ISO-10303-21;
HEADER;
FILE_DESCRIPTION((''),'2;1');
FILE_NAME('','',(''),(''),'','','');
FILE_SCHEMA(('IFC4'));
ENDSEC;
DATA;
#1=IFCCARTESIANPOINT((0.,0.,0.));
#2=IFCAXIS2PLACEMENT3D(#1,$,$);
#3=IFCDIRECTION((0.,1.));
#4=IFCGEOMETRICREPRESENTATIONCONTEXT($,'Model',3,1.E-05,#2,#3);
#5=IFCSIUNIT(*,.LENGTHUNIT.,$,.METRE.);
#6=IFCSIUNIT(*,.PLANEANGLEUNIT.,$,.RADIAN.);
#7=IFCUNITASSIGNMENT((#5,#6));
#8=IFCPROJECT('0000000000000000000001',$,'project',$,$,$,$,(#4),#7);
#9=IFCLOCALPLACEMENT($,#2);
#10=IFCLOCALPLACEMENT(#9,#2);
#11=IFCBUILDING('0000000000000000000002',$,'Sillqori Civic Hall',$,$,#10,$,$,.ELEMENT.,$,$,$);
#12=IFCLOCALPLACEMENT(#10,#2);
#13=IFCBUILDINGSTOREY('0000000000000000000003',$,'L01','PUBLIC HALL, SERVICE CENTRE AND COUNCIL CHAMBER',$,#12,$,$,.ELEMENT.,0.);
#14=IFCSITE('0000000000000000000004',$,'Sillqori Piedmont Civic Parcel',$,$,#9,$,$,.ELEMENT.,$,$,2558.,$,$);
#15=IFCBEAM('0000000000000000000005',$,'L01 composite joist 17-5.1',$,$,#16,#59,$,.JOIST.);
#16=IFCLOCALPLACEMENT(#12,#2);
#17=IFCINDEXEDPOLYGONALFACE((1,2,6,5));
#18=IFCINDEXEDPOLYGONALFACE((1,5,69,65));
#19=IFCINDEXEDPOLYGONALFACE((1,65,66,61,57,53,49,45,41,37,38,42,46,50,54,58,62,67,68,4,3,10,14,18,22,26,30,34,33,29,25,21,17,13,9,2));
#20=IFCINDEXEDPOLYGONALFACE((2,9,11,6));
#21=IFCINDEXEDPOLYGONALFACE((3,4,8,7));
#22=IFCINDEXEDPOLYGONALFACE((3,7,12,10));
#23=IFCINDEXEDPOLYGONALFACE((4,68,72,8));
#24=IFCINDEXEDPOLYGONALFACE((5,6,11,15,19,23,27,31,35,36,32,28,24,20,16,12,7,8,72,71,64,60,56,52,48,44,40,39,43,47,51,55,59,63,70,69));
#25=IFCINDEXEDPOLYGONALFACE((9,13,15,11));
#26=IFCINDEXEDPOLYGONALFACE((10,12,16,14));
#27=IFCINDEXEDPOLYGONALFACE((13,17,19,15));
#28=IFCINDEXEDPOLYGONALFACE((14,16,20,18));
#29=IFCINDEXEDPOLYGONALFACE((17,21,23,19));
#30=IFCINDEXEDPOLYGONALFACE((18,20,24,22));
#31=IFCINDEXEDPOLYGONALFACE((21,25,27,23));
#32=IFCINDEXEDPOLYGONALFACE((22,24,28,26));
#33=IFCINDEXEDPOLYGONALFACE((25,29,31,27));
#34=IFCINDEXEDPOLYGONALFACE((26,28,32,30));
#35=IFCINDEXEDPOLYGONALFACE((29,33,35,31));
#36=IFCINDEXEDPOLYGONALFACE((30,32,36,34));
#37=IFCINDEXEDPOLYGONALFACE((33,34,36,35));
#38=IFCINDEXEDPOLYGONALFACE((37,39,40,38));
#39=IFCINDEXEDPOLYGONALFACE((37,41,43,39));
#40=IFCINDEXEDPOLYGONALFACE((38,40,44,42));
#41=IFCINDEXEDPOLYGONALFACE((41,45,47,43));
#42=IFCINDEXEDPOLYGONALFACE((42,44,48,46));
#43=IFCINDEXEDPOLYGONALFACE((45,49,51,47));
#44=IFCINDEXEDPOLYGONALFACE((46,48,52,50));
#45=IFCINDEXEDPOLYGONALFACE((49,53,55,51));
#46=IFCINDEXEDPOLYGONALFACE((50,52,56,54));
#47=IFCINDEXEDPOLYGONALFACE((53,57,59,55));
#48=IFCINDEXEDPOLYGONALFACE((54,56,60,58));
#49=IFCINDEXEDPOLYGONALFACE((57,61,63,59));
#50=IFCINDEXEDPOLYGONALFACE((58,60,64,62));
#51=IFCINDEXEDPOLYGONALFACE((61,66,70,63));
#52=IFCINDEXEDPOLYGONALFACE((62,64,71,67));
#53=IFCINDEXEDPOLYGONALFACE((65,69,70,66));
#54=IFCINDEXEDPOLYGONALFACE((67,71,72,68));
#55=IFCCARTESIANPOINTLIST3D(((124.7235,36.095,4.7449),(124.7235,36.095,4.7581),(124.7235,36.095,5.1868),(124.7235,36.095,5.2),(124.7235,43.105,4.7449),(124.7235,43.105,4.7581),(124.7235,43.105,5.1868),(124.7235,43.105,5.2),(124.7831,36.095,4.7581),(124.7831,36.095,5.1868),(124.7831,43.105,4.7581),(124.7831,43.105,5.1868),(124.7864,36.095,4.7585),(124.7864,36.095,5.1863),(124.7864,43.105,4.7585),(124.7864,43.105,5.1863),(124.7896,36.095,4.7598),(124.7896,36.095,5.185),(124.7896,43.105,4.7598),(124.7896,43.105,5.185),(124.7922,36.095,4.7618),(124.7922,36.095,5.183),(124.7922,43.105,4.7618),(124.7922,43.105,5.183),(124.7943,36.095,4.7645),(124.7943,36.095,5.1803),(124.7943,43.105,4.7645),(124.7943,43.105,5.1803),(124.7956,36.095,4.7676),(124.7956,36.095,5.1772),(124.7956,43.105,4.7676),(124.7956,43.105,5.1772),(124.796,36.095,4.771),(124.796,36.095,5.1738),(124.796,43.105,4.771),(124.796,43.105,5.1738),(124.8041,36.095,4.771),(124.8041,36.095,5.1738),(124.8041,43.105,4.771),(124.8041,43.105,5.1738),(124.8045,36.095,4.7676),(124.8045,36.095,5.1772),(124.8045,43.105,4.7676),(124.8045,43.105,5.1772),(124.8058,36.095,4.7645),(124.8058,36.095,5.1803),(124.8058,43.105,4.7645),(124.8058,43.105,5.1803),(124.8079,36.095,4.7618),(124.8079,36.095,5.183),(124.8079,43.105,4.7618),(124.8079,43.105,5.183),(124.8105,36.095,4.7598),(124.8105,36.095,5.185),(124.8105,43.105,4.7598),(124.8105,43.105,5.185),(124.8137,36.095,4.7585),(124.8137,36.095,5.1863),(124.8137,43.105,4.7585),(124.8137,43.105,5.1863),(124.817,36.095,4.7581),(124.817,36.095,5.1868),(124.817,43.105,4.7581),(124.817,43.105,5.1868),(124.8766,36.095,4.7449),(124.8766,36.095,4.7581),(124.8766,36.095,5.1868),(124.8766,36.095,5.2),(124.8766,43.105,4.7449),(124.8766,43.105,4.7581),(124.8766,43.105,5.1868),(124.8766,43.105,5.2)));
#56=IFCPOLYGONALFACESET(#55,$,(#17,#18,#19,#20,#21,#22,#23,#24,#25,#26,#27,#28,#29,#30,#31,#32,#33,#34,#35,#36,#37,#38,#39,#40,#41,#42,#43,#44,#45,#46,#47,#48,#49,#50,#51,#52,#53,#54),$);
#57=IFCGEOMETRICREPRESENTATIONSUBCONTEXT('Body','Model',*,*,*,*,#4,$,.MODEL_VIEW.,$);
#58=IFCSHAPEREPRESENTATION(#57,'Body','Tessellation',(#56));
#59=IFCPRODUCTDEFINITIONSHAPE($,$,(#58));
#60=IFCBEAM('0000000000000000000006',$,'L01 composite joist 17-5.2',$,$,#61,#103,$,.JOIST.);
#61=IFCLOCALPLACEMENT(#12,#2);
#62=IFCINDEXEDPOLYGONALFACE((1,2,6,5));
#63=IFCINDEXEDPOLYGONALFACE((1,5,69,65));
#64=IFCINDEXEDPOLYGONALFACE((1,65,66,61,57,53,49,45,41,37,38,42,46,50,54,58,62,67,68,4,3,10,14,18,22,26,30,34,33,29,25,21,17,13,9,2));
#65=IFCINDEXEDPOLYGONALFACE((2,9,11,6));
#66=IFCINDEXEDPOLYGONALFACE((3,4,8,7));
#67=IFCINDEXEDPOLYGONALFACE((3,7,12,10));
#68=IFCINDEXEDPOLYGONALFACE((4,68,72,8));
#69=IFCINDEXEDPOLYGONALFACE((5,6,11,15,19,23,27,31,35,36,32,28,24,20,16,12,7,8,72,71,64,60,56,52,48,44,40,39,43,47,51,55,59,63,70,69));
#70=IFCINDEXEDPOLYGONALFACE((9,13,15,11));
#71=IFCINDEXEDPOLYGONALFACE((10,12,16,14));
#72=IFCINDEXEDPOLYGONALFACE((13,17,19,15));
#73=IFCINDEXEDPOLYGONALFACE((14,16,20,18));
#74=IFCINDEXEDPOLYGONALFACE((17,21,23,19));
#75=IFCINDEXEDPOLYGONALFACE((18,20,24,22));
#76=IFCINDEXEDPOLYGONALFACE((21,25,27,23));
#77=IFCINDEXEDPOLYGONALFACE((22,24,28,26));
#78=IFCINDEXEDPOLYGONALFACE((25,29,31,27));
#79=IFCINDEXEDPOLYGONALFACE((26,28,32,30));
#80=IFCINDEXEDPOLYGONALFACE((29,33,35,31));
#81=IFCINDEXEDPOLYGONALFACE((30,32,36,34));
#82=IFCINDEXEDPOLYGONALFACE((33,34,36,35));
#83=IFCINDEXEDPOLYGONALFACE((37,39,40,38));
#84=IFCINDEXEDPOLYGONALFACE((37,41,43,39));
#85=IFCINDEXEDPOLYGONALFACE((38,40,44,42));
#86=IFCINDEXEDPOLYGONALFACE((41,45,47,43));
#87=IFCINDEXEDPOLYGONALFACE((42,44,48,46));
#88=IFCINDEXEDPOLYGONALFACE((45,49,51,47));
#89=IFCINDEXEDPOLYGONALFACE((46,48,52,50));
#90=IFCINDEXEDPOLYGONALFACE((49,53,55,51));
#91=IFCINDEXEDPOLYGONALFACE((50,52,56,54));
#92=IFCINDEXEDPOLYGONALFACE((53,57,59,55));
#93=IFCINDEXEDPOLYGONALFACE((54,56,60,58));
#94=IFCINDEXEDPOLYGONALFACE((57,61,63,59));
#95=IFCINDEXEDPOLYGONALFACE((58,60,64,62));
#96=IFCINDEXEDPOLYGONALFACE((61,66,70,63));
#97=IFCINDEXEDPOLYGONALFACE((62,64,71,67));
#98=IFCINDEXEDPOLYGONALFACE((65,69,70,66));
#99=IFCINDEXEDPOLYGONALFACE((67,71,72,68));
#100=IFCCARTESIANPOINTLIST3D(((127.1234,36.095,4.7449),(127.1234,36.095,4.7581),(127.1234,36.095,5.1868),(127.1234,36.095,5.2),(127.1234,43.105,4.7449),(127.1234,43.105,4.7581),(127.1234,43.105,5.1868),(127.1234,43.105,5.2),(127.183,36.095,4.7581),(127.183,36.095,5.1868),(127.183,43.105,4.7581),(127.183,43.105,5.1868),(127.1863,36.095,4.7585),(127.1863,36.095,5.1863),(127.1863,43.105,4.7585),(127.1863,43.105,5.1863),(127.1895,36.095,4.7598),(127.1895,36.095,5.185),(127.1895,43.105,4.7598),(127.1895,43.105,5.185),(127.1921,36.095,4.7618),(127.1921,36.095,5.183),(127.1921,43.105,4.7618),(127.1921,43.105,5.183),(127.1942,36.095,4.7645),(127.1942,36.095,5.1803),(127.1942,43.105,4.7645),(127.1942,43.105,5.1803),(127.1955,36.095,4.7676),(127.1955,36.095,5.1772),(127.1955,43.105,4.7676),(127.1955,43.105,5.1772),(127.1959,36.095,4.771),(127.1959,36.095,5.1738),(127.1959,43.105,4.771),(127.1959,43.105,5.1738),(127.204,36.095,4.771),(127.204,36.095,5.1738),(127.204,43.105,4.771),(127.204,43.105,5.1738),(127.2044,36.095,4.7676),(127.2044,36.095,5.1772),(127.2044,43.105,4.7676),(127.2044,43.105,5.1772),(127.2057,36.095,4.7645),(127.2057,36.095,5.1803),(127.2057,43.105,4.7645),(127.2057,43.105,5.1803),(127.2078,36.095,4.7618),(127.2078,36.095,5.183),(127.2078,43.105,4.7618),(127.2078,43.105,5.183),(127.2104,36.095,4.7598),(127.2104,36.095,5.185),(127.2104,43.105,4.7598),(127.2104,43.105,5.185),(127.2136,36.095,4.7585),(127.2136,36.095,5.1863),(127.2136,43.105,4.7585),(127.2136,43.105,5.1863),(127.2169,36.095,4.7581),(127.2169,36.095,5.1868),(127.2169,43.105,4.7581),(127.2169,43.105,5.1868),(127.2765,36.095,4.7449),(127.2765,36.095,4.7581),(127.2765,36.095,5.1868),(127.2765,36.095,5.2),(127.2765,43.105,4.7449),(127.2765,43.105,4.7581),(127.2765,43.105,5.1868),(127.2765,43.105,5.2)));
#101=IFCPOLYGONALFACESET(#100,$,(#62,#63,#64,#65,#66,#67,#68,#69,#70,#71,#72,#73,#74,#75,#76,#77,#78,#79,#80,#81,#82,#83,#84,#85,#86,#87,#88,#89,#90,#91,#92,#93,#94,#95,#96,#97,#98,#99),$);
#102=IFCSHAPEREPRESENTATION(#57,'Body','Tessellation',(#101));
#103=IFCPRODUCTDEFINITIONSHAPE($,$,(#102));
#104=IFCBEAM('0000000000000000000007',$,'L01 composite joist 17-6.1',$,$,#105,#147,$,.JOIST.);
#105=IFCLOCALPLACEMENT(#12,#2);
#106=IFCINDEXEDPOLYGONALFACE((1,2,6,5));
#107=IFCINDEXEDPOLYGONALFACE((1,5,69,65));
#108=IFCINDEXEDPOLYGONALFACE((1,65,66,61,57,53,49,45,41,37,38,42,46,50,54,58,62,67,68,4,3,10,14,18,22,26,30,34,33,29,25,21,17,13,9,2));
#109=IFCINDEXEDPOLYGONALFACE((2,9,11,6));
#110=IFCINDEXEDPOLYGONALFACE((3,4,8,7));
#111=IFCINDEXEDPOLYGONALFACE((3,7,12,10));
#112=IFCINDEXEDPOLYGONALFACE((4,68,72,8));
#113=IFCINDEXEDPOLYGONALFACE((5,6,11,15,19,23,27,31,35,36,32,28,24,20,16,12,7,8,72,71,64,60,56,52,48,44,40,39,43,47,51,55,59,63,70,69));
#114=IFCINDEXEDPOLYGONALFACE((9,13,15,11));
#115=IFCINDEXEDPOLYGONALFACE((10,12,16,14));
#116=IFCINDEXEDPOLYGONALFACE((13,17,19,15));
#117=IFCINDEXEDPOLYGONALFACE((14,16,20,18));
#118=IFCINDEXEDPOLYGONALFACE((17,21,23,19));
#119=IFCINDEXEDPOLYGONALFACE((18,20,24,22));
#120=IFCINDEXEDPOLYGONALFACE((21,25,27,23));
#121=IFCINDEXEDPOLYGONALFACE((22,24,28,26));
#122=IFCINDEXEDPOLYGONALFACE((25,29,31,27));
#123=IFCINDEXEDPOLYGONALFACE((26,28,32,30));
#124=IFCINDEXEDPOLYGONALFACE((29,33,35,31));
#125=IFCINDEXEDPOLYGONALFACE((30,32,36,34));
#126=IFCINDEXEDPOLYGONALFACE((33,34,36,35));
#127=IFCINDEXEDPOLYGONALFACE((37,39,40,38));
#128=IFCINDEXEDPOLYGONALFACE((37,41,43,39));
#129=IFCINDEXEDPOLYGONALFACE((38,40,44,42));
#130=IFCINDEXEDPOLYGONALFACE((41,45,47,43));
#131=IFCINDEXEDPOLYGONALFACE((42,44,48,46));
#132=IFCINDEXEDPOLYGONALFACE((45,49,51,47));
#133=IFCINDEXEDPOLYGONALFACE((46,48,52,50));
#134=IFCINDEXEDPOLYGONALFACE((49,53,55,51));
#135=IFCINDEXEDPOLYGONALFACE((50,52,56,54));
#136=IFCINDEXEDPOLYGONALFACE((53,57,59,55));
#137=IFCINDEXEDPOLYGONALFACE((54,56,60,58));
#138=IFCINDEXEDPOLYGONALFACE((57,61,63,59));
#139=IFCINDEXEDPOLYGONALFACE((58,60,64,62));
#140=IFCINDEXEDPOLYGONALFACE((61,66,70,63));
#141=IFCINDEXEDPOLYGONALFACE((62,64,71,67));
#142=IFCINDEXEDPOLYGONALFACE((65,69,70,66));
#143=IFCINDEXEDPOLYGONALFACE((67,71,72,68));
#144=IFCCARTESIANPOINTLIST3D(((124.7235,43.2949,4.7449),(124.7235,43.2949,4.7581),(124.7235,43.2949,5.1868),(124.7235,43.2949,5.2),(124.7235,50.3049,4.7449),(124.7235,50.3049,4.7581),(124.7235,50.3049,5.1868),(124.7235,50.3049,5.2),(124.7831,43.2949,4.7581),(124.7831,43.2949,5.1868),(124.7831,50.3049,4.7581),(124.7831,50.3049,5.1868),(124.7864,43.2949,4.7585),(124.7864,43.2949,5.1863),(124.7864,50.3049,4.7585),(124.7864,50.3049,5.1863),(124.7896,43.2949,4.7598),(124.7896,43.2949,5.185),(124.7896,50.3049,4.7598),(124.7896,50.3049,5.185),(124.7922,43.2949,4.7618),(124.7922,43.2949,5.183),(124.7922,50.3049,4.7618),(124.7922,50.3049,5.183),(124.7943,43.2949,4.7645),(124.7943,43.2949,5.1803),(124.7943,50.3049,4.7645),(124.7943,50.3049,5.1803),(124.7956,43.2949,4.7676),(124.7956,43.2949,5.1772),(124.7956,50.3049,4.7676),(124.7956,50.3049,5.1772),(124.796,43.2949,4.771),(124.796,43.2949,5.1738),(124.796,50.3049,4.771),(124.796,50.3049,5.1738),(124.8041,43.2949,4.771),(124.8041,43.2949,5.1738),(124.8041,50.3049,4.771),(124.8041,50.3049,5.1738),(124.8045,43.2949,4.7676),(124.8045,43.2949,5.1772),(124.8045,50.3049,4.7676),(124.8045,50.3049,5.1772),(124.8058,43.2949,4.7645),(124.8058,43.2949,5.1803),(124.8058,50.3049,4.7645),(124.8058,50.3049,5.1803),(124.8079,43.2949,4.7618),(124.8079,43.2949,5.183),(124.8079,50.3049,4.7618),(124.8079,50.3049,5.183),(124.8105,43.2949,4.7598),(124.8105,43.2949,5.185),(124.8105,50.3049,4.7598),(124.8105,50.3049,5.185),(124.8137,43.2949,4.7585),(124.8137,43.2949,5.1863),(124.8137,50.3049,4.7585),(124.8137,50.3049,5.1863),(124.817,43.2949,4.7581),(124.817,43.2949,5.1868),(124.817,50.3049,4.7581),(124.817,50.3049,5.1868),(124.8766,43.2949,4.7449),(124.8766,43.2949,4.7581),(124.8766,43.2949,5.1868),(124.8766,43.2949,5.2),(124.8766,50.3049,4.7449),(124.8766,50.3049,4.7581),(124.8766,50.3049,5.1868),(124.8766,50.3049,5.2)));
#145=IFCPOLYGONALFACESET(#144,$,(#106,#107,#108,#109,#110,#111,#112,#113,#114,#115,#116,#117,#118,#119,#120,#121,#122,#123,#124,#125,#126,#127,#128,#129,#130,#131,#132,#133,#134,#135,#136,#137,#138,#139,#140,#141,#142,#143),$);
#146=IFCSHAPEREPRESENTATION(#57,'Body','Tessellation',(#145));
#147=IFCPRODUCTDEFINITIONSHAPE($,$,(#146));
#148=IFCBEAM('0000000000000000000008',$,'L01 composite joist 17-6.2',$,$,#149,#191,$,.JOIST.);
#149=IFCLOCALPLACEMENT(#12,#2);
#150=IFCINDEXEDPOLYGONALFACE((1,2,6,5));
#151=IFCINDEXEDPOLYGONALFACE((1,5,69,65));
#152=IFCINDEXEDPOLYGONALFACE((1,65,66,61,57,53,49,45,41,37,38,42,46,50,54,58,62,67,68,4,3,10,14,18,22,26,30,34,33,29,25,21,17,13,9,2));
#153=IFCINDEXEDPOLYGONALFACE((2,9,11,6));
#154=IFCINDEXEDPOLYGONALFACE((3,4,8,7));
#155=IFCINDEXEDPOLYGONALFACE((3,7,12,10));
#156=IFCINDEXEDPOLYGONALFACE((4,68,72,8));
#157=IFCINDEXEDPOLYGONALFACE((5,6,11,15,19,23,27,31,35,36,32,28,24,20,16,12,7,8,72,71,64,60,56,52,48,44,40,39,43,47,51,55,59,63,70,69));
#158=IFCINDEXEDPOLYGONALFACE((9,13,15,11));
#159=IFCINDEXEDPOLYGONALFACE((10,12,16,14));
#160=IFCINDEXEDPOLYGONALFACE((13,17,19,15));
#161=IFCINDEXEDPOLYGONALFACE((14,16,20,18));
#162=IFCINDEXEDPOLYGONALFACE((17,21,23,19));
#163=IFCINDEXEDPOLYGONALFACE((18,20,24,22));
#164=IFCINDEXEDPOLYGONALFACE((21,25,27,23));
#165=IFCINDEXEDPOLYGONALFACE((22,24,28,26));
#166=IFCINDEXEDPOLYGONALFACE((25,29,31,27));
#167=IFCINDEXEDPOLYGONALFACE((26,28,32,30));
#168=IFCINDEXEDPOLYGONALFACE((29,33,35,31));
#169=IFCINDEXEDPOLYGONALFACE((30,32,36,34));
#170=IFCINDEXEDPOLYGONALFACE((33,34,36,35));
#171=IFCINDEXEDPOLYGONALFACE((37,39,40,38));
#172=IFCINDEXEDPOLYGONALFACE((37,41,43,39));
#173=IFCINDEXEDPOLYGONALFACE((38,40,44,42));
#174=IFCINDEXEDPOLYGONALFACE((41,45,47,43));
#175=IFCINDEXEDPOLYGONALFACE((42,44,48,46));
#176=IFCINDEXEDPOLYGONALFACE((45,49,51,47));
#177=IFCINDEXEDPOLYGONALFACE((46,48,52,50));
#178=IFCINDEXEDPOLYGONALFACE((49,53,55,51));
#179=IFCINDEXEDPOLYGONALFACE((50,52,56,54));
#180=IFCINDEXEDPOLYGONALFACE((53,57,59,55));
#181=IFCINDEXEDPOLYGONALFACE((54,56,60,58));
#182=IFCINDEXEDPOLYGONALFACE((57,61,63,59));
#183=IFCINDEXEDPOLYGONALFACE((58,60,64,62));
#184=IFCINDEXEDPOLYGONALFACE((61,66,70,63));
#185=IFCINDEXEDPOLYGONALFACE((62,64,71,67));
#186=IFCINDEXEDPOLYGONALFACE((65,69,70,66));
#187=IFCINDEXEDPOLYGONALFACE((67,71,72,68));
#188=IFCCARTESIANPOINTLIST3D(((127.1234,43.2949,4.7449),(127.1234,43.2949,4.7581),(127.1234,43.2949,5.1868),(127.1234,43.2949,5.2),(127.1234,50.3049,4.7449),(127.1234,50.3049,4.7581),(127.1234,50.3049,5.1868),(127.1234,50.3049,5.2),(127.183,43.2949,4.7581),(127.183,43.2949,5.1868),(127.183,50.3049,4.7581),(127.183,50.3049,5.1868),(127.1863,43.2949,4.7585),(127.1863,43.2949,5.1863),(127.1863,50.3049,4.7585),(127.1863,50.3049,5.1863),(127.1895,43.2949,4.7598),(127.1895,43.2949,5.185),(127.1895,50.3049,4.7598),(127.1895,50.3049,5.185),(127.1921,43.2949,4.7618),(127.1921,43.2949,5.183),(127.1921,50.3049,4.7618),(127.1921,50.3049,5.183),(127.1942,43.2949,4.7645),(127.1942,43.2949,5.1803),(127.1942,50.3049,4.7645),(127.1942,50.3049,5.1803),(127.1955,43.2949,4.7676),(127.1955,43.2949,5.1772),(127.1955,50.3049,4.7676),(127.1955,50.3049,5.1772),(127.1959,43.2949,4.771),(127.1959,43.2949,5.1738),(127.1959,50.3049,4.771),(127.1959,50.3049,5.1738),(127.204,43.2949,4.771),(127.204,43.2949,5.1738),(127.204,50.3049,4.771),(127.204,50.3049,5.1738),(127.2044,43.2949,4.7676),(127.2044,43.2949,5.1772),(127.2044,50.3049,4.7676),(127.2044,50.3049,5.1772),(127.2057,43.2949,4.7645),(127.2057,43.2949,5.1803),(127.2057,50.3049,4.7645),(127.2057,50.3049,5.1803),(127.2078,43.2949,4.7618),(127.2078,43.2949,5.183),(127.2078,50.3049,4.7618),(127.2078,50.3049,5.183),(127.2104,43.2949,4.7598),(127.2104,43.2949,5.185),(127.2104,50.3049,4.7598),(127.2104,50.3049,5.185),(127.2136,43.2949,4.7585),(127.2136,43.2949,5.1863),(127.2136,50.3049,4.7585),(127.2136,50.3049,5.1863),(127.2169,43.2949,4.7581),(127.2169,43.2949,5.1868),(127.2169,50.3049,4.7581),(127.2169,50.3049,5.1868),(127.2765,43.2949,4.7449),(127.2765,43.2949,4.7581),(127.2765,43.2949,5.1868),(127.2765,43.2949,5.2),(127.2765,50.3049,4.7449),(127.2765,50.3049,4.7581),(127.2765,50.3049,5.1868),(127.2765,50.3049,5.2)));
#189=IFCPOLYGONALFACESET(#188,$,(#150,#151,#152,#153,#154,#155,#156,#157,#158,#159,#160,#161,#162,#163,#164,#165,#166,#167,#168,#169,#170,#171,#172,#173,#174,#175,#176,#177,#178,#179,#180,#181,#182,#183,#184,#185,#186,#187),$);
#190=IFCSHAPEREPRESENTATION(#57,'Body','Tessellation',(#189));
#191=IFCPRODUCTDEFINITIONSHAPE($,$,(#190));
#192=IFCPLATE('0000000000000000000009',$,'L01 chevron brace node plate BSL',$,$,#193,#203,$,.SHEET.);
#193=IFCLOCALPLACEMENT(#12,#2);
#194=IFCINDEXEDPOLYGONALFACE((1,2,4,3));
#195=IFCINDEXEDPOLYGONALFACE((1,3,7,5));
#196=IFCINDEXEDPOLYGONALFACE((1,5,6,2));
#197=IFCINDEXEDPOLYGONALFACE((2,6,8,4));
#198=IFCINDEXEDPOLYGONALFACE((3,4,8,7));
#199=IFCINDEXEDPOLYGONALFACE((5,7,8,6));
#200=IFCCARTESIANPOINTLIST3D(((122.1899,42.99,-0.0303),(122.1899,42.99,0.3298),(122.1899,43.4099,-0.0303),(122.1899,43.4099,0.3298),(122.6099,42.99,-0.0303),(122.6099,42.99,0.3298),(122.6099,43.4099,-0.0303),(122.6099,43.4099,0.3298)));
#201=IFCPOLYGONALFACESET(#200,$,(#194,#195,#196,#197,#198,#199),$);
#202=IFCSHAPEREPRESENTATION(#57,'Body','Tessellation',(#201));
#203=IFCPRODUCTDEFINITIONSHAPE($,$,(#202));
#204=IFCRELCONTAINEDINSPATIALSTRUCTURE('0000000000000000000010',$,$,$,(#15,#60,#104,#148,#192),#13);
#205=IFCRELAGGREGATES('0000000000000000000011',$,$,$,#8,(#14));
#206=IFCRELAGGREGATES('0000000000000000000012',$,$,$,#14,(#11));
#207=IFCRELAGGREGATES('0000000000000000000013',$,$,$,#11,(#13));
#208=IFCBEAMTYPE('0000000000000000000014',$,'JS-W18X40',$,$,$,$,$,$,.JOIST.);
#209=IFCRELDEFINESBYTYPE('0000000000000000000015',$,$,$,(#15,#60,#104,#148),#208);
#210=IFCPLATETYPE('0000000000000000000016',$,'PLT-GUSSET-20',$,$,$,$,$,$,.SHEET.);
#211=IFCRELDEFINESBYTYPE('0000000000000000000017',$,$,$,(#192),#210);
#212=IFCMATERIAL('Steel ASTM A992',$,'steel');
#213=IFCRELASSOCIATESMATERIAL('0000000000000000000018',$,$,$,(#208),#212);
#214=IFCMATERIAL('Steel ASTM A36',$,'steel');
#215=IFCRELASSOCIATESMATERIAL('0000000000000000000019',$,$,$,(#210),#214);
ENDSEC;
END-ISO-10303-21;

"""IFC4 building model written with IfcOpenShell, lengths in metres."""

from ifc_helpers import new_model, si_unit, direction, frame, origin, origin_2d, place, context, subcontext, project, spatial, rectangle, i_section, extrude, material, material_profile, profile_set, type_object, element, save


model = new_model("IFC4")

# Units and contexts
model_context = context("Model", 3, precision=1e-05, world=origin(), true_north=direction((0.0, 1.0)))
body_context = subcontext(model_context, "Body", "Model", "MODEL_VIEW")
ifc_project = project(units=[si_unit("LENGTHUNIT", "METRE"), si_unit("PLANEANGLEUNIT", "RADIAN")], contexts=[model_context])

# Site, building, storey
site_placement = place(None, origin())
site = spatial("IfcSite", under=ifc_project, at=site_placement, Name="Sillqori Piedmont Civic Parcel", CompositionType="ELEMENT", RefElevation=2558.0)
building_placement = place(site_placement, origin())
building = spatial("IfcBuilding", under=site, at=building_placement, Name="Sillqori Civic Hall", CompositionType="ELEMENT")
storey_placement = place(building_placement, origin())
storey = spatial("IfcBuildingStorey", under=building, at=storey_placement, Name="L01", Description="PUBLIC HALL, SERVICE CENTRE AND COUNCIL CHAMBER", CompositionType="ELEMENT", Elevation=0.0)

# Shared definitions
ifc_material_1 = material(Name="Steel ASTM A992", Category="steel")

# Beams
ifc_material_profile_1 = material_profile(ifc_material_1, i_section(OverallWidth=0.1531, OverallDepth=0.4551, WebThickness=0.0081, FlangeThickness=0.0132, FilletRadius=0.0129, at=origin_2d()), Name="W18X40")
ifc_profile_set_1 = profile_set([ifc_material_profile_1], Name="Steel ASTM A992")
beam_type_1 = type_object("IfcBeamType", Name="JS-W18X40", PredefinedType="JOIST", material=ifc_profile_set_1)
for number, where, z_axis, x_axis, name in (
    (1, (124.8, 36.095, 4.9724), (0.0, 1.0, 0.0), (-1.0, 0.0, 0.0), "L01 composite joist 17-5.1"),
    (2, (127.2, 36.095, 4.9724), (0.0, 1.0, 0.0), (-1.0, 0.0, 0.0), "L01 composite joist 17-5.2"),
    (3, (124.8, 43.2949, 4.9724), (0.0, 1.0, 0.0), (-1.0, 0.0, 0.0), "L01 composite joist 17-6.1"),
    (4, (127.2, 43.2949, 4.9724), (0.0, 1.0, 0.0), (-1.0, 0.0, 0.0), "L01 composite joist 17-6.2"),
):
    element("IfcBeam", number, at=place(storey_placement, frame(where, z_axis=z_axis, x_axis=x_axis)), inside=storey, type_object=beam_type_1, Name=name, PredefinedType="JOIST", context=body_context, shape_type="SweptSolid", body=[
        extrude(i_section(OverallWidth=0.1531, OverallDepth=0.4551, WebThickness=0.0081, FlangeThickness=0.0132, FilletRadius=0.0129, at=origin_2d()), origin(), (0.0, 0.0, 1.0), 7.01),
    ])

# Plate
ifc_material_2 = material(Name="Steel ASTM A36", Category="steel")
plate_type = type_object("IfcPlateType", Name="PLT-GUSSET-20", PredefinedType="SHEET", material=ifc_material_2)
plate_placement = place(storey_placement, frame((122.3999, 43.2, -0.0303), z_axis=(0.0, 0.0, 1.0), x_axis=(1.0, 0.0, 0.0)))
element("IfcPlate", 5, at=plate_placement, inside=storey, type_object=plate_type, Name="L01 chevron brace node plate BSL", PredefinedType="SHEET", context=body_context, shape_type="SweptSolid", body=[
    extrude(rectangle(XDim=0.4199, YDim=0.4199, at=origin_2d()), origin(), (0.0, 0.0, 1.0), 0.3601),
])

save(model, "model.ifc")
